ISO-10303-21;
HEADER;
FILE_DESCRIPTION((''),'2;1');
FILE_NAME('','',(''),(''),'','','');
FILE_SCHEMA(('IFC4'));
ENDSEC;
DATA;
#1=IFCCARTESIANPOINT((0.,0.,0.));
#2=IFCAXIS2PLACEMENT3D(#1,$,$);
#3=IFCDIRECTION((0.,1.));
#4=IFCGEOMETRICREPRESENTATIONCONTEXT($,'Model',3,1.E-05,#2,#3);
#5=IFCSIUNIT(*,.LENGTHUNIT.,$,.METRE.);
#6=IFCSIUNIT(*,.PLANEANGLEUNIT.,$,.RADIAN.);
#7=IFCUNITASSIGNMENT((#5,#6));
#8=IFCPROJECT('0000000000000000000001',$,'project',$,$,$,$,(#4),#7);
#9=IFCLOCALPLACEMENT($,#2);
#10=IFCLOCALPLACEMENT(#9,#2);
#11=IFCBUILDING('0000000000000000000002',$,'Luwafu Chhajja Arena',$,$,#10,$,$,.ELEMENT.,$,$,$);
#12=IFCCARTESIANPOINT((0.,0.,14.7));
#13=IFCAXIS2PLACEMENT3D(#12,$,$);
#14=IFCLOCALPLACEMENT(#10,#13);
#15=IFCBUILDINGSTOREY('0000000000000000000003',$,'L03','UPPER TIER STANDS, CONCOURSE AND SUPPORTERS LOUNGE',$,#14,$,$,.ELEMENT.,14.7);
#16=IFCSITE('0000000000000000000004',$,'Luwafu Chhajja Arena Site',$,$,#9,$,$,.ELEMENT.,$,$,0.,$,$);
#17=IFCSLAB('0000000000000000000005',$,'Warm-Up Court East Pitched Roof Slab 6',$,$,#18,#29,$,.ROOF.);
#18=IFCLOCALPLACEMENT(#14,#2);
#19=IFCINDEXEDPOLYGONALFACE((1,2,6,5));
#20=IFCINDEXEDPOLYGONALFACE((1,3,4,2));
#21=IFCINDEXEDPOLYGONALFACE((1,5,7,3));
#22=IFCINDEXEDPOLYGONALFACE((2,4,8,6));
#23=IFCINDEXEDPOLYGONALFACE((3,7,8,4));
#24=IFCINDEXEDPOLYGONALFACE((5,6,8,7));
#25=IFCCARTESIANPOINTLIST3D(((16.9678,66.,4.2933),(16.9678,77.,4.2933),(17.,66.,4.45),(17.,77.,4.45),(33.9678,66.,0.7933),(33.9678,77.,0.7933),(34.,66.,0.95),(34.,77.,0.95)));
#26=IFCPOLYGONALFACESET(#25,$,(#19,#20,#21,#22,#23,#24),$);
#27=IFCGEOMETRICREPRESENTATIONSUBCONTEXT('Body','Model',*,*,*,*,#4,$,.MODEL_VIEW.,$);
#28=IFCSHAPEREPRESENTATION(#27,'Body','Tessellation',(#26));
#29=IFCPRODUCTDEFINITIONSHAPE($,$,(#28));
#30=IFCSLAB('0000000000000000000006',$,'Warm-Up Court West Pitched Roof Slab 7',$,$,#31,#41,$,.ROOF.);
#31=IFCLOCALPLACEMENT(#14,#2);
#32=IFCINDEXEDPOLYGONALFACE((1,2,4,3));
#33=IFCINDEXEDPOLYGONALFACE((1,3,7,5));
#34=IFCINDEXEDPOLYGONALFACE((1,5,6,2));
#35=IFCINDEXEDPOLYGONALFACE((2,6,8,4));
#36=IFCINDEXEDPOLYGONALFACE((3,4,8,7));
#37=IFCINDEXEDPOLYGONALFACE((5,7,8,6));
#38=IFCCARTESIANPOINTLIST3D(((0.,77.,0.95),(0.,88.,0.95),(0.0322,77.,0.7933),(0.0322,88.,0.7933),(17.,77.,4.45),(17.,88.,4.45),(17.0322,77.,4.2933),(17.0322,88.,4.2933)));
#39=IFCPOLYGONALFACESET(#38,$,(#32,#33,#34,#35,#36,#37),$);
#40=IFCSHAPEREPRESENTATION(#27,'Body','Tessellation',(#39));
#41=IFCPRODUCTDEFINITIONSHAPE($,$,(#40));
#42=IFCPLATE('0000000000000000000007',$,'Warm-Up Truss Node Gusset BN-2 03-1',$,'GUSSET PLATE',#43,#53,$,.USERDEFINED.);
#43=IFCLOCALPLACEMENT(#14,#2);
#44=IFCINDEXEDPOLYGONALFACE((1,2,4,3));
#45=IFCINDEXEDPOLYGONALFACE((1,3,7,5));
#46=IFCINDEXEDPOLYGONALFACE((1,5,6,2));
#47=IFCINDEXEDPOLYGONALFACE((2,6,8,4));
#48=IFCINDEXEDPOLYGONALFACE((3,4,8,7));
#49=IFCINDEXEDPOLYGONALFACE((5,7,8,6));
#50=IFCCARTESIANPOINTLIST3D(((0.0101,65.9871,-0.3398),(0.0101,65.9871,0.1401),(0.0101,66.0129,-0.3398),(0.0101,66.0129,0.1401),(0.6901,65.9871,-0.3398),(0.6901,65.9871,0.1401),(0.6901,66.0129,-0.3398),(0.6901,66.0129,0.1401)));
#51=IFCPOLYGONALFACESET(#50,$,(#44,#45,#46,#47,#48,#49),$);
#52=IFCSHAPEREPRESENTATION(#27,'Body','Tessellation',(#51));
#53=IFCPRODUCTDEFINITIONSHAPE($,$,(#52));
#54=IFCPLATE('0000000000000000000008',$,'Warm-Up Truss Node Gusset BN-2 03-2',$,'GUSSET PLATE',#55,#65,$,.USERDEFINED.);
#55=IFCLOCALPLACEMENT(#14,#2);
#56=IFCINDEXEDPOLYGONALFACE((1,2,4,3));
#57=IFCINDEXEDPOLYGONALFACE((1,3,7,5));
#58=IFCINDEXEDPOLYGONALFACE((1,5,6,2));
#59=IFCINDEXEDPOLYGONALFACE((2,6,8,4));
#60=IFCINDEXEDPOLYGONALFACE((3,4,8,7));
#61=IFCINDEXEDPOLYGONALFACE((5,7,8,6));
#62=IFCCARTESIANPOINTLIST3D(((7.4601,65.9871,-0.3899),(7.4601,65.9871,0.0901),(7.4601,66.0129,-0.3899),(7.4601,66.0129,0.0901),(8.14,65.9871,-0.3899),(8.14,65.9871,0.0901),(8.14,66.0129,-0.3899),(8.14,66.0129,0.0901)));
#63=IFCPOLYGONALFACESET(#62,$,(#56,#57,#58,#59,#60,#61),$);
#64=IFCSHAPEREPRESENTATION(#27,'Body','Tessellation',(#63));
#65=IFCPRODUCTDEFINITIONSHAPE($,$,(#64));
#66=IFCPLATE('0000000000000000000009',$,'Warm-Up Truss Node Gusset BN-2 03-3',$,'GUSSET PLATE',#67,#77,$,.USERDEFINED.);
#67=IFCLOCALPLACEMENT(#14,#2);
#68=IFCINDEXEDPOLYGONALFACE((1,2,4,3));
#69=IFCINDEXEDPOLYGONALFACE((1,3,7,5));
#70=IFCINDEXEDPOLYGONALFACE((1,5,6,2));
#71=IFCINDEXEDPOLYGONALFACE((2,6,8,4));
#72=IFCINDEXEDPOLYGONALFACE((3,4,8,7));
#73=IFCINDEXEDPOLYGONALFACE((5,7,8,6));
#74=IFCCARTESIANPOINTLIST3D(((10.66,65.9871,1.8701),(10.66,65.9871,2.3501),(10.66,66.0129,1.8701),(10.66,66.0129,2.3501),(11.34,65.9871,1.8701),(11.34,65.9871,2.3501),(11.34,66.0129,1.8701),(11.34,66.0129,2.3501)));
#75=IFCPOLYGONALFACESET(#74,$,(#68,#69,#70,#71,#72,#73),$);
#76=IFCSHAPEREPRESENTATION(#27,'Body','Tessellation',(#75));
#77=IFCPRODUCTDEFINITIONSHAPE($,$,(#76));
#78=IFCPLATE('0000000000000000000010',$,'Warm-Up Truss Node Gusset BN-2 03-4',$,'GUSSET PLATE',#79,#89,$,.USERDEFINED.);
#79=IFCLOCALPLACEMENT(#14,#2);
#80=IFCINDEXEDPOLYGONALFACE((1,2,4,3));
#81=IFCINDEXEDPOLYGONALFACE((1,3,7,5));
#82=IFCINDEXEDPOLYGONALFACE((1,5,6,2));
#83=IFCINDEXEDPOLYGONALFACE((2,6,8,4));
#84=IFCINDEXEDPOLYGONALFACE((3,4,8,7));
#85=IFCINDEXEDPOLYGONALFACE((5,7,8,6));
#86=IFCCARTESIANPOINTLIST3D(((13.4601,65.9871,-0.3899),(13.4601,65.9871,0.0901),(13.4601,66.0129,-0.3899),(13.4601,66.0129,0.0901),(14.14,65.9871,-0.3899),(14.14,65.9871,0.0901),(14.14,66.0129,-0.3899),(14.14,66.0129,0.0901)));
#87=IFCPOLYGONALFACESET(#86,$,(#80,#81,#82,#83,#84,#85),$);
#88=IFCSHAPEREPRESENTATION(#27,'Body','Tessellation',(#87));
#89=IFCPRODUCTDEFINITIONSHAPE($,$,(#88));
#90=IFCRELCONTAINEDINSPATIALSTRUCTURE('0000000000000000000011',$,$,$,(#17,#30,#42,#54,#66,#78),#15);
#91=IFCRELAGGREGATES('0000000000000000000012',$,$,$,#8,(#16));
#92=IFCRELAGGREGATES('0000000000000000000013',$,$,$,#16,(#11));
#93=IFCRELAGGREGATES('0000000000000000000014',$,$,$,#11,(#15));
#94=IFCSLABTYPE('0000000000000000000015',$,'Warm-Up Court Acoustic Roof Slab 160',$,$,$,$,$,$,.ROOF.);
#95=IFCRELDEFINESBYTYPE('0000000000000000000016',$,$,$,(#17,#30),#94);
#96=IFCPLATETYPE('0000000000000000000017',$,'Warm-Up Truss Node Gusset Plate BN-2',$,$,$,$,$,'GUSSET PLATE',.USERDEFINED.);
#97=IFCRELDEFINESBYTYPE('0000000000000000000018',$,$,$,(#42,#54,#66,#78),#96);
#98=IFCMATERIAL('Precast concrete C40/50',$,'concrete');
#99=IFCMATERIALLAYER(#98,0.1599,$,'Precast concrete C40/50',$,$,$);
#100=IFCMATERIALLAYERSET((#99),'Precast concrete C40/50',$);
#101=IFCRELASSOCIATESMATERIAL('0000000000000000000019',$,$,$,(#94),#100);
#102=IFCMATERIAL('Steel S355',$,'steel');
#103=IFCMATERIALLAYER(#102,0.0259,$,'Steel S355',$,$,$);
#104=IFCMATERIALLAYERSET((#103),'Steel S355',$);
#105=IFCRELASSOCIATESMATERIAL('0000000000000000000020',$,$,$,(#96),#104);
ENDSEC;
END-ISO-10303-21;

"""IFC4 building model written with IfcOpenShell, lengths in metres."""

from ifc_helpers import new_model, si_unit, direction, frame, origin, origin_2d, place, context, subcontext, project, spatial, polyline, rectangle, outline, extrude, material, layer, layer_set, type_object, element, save


model = new_model("IFC4")

# Units and contexts
model_context = context("Model", 3, precision=1e-05, world=origin(), true_north=direction((0.0, 1.0)))
body_context = subcontext(model_context, "Body", "Model", "MODEL_VIEW")
ifc_project = project(units=[si_unit("LENGTHUNIT", "METRE"), si_unit("PLANEANGLEUNIT", "RADIAN")], contexts=[model_context])

# Site, building, storey
site_placement = place(None, origin())
site = spatial("IfcSite", under=ifc_project, at=site_placement, Name="Luwafu Chhajja Arena Site", CompositionType="ELEMENT", RefElevation=0.0)
building_placement = place(site_placement, origin())
building = spatial("IfcBuilding", under=site, at=building_placement, Name="Luwafu Chhajja Arena", CompositionType="ELEMENT")
storey_placement = place(building_placement, frame((0.0, 0.0, 14.7)))
storey = spatial("IfcBuildingStorey", under=building, at=storey_placement, Name="L03", Description="UPPER TIER STANDS, CONCOURSE AND SUPPORTERS LOUNGE", CompositionType="ELEMENT", Elevation=14.7)

# Shared definitions
ifc_material_1 = material(Name="Steel S355", Category="steel")

# Slabs
ifc_material_2 = material(Name="Precast concrete C40/50", Category="concrete")
ifc_layer_1 = layer(ifc_material_2, 0.1599, Name="Precast concrete C40/50")
ifc_layer_set_1 = layer_set([ifc_layer_1], Name="Precast concrete C40/50")
slab_type = type_object("IfcSlabType", Name="Warm-Up Court Acoustic Roof Slab 160", PredefinedType="ROOF", material=ifc_layer_set_1)
for number, where, z_axis, x_axis, name in (
    (1, (17.0, 66.0, 4.45), (0.201653, 0.0, 0.979457), (0.979457, 0.0, -0.201653), "Warm-Up Court East Pitched Roof Slab 6"),
    (2, (0.0, 77.0, 0.95), (-0.201653, 0.0, 0.979457), (0.979457, 0.0, 0.201653), "Warm-Up Court West Pitched Roof Slab 7"),
):
    element("IfcSlab", number, at=place(storey_placement, frame(where, z_axis=z_axis, x_axis=x_axis)), inside=storey, type_object=slab_type, Name=name, PredefinedType="ROOF", context=body_context, shape_type="SweptSolid", body=[
        extrude(outline(polyline([(0.0, 0.0), (17.3566, 0.0), (17.3566, 11.0), (0.0, 11.0), (0.0, 0.0)])), origin(), (0.0, 0.0, -1.0), 0.1599),
    ])

# Plates
ifc_layer_2 = layer(ifc_material_1, 0.0259, Name="Steel S355")
ifc_layer_set_2 = layer_set([ifc_layer_2], Name="Steel S355")
plate_type = type_object("IfcPlateType", Name="Warm-Up Truss Node Gusset Plate BN-2", ElementType="GUSSET PLATE", PredefinedType="USERDEFINED", material=ifc_layer_set_2)
for number, where, z_axis, x_axis, name in (
    (3, (0.3501, 66.0, -0.3398), (0.0, 0.0, 1.0), (1.0, 0.0, 0.0), "Warm-Up Truss Node Gusset BN-2 03-1"),
    (4, (7.8, 66.0, -0.3899), (0.0, 0.0, 1.0), (1.0, 0.0, 0.0), "Warm-Up Truss Node Gusset BN-2 03-2"),
    (5, (11.0, 66.0, 1.8701), (0.0, 0.0, 1.0), (1.0, 0.0, 0.0), "Warm-Up Truss Node Gusset BN-2 03-3"),
    (6, (13.8, 66.0, -0.3899), (0.0, 0.0, 1.0), (1.0, 0.0, 0.0), "Warm-Up Truss Node Gusset BN-2 03-4"),
):
    element("IfcPlate", number, at=place(storey_placement, frame(where, z_axis=z_axis, x_axis=x_axis)), inside=storey, type_object=plate_type, Name=name, ObjectType="GUSSET PLATE", PredefinedType="USERDEFINED", context=body_context, shape_type="SweptSolid", body=[
        extrude(rectangle(XDim=0.6799, YDim=0.0259, at=origin_2d()), origin(), (0.0, 0.0, 1.0), 0.48),
    ])

save(model, "model.ifc")
